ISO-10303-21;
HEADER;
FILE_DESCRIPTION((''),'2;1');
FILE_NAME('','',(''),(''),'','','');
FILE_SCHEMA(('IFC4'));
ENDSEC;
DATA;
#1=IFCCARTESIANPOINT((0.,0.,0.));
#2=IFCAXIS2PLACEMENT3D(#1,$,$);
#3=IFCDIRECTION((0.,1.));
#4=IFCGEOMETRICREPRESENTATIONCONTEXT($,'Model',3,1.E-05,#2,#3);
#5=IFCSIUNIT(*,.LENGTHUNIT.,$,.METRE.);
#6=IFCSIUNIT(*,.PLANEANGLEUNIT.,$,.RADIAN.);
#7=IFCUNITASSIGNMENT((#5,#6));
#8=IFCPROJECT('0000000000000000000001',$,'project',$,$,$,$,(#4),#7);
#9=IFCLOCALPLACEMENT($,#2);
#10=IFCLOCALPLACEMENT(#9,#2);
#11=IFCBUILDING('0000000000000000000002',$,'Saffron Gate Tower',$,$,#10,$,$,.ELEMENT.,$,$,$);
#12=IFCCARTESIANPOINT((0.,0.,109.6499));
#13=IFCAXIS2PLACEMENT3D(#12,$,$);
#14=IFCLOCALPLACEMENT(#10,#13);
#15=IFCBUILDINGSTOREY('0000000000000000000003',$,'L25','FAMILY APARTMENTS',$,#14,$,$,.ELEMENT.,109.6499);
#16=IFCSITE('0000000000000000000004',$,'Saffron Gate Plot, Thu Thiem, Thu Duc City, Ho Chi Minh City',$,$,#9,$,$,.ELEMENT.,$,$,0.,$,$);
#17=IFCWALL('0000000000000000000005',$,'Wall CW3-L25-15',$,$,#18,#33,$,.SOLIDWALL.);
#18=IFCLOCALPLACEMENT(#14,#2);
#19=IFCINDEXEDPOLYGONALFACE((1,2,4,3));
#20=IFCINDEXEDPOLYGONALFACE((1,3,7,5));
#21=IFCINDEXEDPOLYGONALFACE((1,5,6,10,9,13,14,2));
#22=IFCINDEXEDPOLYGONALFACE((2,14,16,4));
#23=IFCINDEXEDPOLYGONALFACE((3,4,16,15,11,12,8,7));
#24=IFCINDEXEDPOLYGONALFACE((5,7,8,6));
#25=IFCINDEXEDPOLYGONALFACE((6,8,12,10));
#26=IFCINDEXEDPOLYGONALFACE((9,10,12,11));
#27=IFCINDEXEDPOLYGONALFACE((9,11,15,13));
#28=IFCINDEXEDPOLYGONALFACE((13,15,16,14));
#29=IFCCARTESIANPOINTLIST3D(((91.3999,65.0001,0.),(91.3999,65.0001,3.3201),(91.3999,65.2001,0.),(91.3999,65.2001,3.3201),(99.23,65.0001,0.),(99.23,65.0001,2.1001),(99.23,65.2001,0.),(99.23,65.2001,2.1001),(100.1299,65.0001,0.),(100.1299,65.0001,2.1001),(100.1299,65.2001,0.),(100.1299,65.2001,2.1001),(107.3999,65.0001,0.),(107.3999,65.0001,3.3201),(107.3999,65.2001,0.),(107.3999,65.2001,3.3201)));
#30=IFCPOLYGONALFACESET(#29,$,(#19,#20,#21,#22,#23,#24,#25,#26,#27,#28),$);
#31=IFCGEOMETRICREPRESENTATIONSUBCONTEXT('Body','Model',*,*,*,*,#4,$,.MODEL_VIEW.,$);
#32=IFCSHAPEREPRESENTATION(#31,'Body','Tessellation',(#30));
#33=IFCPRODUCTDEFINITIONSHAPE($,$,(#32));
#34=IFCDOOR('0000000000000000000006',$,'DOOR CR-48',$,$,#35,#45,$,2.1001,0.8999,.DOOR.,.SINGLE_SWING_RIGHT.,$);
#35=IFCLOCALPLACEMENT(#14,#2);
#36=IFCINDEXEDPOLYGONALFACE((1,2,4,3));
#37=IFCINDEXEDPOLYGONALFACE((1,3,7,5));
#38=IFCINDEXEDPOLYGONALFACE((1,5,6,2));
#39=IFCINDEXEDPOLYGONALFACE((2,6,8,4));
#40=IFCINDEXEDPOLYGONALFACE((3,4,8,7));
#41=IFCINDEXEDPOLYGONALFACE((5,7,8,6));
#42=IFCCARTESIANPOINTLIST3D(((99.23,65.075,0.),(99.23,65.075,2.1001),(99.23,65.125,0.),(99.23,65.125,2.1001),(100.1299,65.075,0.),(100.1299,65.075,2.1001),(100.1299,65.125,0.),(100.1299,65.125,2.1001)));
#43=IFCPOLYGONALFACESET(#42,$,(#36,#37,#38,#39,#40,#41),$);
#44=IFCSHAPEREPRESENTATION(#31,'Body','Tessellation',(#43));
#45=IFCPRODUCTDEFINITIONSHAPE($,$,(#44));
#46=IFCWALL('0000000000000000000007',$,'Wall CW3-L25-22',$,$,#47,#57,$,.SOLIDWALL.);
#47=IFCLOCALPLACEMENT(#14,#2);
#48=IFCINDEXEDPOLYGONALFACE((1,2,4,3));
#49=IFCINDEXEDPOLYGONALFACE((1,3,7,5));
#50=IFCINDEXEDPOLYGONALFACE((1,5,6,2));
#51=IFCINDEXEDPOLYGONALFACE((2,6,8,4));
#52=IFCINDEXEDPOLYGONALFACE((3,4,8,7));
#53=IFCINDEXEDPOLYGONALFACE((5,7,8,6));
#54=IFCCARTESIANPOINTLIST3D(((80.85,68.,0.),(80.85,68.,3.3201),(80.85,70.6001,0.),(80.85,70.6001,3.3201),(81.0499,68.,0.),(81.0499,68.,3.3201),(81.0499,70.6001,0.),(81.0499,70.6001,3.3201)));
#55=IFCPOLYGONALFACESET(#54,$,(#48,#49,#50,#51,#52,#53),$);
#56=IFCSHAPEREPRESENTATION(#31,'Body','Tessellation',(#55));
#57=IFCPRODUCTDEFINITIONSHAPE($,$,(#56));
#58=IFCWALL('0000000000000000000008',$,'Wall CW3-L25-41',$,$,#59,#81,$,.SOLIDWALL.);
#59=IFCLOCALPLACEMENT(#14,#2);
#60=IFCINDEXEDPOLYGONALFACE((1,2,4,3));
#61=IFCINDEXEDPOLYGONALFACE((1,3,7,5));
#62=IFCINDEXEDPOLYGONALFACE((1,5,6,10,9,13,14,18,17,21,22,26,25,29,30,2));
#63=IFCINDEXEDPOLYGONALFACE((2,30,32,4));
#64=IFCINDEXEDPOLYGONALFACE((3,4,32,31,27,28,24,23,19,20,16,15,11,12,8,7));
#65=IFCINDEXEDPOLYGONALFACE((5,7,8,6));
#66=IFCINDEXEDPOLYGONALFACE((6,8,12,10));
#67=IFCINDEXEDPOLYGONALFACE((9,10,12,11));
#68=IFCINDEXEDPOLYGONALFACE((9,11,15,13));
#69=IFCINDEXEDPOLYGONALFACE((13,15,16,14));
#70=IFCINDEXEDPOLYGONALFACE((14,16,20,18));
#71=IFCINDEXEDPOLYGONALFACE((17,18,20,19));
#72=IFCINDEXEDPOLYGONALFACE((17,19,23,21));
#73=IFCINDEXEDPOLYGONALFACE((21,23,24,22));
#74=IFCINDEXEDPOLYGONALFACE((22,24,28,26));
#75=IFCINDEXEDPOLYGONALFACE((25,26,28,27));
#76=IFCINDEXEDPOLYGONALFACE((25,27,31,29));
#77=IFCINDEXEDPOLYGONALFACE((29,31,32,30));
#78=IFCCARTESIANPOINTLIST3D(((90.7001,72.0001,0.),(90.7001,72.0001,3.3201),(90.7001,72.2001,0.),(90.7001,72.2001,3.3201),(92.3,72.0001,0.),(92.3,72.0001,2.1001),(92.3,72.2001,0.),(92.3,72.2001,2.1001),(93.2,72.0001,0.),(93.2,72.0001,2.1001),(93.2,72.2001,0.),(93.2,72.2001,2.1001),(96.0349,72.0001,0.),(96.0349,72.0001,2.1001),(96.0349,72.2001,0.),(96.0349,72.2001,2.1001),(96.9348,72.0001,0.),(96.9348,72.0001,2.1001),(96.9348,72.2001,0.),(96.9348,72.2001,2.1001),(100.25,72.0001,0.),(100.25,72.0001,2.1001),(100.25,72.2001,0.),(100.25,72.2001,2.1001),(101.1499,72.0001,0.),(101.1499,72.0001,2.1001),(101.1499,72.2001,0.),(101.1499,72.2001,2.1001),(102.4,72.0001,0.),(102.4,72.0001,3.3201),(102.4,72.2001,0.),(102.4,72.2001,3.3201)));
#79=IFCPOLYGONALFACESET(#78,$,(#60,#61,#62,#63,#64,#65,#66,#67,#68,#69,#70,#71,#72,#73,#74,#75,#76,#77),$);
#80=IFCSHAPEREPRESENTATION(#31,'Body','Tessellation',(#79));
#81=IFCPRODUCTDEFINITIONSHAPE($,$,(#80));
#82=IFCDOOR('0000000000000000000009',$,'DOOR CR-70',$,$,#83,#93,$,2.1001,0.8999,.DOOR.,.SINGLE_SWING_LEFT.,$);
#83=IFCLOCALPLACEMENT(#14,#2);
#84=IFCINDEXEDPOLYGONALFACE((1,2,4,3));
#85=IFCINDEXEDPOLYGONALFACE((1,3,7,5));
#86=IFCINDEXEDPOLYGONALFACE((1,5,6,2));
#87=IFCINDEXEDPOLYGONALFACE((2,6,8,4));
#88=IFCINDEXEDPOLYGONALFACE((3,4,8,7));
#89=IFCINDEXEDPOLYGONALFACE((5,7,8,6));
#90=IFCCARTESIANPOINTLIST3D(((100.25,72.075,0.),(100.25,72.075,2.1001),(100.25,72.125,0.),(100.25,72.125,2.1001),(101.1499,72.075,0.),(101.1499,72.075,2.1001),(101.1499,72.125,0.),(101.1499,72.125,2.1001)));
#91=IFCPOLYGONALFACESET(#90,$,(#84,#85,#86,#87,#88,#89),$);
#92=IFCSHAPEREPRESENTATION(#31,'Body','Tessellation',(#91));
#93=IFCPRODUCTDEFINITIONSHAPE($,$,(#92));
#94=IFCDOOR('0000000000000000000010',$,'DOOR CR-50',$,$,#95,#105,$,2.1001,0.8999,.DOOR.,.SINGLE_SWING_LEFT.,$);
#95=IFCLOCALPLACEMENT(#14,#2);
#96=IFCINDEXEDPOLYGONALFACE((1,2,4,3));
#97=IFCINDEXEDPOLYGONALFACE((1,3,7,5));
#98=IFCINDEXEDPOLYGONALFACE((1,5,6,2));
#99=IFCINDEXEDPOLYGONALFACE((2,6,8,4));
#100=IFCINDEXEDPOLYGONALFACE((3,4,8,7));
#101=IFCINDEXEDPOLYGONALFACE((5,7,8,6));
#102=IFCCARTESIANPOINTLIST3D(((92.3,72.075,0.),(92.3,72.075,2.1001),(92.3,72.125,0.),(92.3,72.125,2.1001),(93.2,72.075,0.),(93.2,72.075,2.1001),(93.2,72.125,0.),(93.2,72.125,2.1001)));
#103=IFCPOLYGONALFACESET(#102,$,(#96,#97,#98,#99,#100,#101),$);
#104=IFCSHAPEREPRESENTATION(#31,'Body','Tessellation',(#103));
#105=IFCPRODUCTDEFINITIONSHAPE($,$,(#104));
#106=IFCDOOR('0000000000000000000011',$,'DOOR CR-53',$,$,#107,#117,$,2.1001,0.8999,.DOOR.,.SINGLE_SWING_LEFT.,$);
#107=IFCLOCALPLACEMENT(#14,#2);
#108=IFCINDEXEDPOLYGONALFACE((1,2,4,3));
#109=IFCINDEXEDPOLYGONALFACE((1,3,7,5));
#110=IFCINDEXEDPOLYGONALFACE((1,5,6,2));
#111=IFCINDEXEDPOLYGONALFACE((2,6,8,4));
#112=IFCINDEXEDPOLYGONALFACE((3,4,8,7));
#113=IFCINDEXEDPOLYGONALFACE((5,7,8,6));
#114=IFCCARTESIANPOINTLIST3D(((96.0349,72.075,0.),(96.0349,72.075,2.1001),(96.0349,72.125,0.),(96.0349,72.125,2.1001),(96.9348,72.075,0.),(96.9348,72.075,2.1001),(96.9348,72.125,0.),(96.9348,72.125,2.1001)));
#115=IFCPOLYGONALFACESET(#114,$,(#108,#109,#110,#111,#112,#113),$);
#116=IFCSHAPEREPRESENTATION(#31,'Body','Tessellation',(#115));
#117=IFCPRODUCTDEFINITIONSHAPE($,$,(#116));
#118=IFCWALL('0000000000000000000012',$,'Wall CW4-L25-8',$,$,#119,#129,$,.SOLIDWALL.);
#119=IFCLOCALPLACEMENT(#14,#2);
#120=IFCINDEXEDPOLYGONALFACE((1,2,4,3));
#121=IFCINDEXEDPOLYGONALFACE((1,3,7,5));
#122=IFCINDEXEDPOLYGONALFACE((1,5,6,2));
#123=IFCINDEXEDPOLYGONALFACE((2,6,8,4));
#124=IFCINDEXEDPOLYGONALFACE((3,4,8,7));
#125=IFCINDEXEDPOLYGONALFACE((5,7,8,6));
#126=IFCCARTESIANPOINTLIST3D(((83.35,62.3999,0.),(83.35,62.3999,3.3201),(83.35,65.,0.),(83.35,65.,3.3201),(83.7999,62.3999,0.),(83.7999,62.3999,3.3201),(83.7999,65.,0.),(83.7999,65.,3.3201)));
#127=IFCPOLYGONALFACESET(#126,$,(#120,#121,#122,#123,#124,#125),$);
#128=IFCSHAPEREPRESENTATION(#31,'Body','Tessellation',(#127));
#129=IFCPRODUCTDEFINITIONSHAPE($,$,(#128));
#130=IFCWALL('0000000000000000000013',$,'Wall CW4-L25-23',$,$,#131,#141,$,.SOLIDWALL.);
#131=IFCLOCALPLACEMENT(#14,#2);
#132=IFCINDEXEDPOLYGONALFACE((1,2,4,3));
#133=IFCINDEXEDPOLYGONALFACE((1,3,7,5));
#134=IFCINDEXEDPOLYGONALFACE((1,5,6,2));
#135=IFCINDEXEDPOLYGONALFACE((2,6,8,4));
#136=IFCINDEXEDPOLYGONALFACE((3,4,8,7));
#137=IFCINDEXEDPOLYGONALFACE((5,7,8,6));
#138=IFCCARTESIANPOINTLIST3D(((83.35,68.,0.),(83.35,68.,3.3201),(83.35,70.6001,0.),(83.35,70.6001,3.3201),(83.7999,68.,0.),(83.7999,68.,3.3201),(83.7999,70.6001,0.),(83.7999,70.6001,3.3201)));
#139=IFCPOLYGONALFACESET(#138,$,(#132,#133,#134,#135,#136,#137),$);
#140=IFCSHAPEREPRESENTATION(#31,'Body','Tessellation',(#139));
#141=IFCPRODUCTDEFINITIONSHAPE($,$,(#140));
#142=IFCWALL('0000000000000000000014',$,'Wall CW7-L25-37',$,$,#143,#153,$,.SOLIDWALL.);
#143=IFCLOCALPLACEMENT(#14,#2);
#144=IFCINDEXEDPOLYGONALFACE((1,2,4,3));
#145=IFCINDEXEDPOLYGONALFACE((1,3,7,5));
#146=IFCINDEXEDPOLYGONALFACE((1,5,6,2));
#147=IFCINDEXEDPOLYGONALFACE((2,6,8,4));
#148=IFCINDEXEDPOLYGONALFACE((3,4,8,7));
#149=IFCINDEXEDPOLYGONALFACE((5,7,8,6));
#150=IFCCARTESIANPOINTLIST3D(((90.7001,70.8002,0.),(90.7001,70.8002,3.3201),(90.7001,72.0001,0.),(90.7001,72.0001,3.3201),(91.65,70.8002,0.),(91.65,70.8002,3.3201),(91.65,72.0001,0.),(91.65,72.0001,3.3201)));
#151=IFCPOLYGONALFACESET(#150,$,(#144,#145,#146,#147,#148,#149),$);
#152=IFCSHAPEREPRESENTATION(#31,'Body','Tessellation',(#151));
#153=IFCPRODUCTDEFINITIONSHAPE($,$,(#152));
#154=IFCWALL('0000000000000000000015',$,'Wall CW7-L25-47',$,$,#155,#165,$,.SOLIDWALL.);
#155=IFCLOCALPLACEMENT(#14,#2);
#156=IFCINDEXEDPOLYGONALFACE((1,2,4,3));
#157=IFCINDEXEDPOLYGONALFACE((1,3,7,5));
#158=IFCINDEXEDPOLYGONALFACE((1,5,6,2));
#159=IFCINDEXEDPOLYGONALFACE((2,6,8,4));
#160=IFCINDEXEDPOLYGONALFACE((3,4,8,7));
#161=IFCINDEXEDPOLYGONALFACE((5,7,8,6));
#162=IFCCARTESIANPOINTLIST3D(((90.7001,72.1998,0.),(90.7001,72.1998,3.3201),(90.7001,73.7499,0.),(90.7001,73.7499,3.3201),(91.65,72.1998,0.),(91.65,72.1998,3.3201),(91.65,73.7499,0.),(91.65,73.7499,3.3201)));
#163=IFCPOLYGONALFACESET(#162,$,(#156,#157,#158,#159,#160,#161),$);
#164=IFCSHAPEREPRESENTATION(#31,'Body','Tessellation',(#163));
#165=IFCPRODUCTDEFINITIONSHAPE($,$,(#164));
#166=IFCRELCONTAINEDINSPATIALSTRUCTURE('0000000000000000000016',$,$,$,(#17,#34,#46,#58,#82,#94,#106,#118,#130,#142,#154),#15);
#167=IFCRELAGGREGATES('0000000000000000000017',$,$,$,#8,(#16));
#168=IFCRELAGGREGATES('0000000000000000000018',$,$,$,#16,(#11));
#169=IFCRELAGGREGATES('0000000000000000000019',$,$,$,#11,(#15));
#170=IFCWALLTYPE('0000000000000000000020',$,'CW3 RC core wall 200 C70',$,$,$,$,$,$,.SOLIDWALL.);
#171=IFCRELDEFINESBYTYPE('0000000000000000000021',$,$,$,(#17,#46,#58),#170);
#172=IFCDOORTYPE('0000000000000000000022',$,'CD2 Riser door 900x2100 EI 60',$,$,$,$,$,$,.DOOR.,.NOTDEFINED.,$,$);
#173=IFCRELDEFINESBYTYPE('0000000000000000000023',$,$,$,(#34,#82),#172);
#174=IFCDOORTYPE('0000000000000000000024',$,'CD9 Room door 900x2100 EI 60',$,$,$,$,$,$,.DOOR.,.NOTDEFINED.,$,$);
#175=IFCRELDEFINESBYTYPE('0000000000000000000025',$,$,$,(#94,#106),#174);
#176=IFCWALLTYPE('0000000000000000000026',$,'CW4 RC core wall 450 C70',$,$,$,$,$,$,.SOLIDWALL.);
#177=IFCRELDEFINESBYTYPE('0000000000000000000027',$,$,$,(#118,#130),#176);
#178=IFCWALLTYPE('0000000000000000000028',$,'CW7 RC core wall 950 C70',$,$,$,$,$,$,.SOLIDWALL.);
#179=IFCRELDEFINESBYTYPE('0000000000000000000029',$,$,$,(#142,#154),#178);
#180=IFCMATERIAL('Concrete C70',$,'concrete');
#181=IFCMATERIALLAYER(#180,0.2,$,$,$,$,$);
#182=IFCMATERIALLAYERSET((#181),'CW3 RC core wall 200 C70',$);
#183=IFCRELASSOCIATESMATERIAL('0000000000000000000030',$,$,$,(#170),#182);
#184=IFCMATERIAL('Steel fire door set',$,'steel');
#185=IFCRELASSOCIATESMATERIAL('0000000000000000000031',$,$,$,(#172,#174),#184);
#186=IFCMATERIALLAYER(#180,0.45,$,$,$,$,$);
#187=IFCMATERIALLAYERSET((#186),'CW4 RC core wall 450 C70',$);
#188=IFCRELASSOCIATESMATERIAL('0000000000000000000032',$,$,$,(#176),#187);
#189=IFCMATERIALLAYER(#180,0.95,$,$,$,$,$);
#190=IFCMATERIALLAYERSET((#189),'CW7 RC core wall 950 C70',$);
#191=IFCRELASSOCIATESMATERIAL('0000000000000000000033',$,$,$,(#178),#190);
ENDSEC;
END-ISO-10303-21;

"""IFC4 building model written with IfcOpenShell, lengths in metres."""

from ifc_helpers import new_model, si_unit, direction, frame, frame_2d, origin, place, context, subcontext, project, spatial, rectangle, extrude, material, layer, layer_set, type_object, element, fill, save


model = new_model("IFC4")

# Units and contexts
model_context = context("Model", 3, precision=1e-05, world=origin(), true_north=direction((0.0, 1.0)))
body_context = subcontext(model_context, "Body", "Model", "MODEL_VIEW")
ifc_project = project(units=[si_unit("LENGTHUNIT", "METRE"), si_unit("PLANEANGLEUNIT", "RADIAN")], contexts=[model_context])

# Site, building, storey
site_placement = place(None, origin())
site = spatial("IfcSite", under=ifc_project, at=site_placement, Name="Saffron Gate Plot, Thu Thiem, Thu Duc City, Ho Chi Minh City", CompositionType="ELEMENT", RefElevation=0.0)
building_placement = place(site_placement, origin())
building = spatial("IfcBuilding", under=site, at=building_placement, Name="Saffron Gate Tower", CompositionType="ELEMENT")
storey_placement = place(building_placement, frame((0.0, 0.0, 109.6499)))
storey = spatial("IfcBuildingStorey", under=building, at=storey_placement, Name="L25", Description="FAMILY APARTMENTS", CompositionType="ELEMENT", Elevation=109.6499)

# Shared definitions
ifc_material_1 = material(Name="Concrete C70", Category="concrete")

# Shared definitions
ifc_material_2 = material(Name="Steel fire door set", Category="steel")

# Shared definitions
ifc_layer_1 = layer(ifc_material_1, 0.2)
ifc_layer_set_1 = layer_set([ifc_layer_1], Name="CW3 RC core wall 200 C70")
wall_type_1 = type_object("IfcWallType", Name="CW3 RC core wall 200 C70", PredefinedType="SOLIDWALL", material=ifc_layer_set_1)

# Wall, opening, door
wall_1_placement = place(storey_placement, frame((91.3999, 65.1001, 0.0), z_axis=(0.0, 0.0, 1.0), x_axis=(1.0, 0.0, 0.0)))
wall_1 = element("IfcWall", 1, at=wall_1_placement, inside=storey, type_object=wall_type_1, Name="Wall CW3-L25-15", PredefinedType="SOLIDWALL", context=body_context, shape_type="SweptSolid", body=[
    extrude(rectangle(XDim=16.0, YDim=0.2, at=frame_2d((8.0, 0.0))), origin(), (0.0, 0.0, 1.0), 3.3201),
])
opening_1_placement = place(wall_1_placement, frame((7.8301, 0.0, 0.0)))
opening_1 = element("IfcOpeningElement", 2, at=opening_1_placement, cuts=wall_1, PredefinedType="OPENING", context=body_context, shape_type="SweptSolid", body=[
    extrude(rectangle(XDim=0.8999, YDim=2.1001, at=frame_2d((0.45, 1.05))), frame((0.0, 0.1099, 0.0), z_axis=(0.0, -1.0, 0.0), x_axis=(1.0, 0.0, 0.0)), (0.0, 0.0, 1.0), 0.22),
])
door_type_1 = type_object("IfcDoorType", Name="CD2 Riser door 900x2100 EI 60", OperationType="NOTDEFINED", PredefinedType="DOOR", material=ifc_material_2)
door_1_placement = place(opening_1_placement, origin())
door_1 = element("IfcDoor", 3, at=door_1_placement, inside=storey, type_object=door_type_1, Name="DOOR CR-48", OperationType="SINGLE_SWING_RIGHT", OverallHeight=2.1001, OverallWidth=0.8999, PredefinedType="DOOR", context=body_context, shape_type="SweptSolid", body=[
    extrude(rectangle(XDim=0.8999, YDim=2.1001, at=frame_2d((0.45, 1.05))), frame((0.0, 0.0249, 0.0), z_axis=(0.0, -1.0, 0.0), x_axis=(1.0, 0.0, 0.0)), (0.0, 0.0, 1.0), 0.05),
])
fill(opening_1, door_1)

# Wall
wall_2_placement = place(storey_placement, frame((80.95, 68.0, 0.0), z_axis=(0.0, 0.0, 1.0), x_axis=(0.0, 1.0, 0.0)))
element("IfcWall", 4, at=wall_2_placement, inside=storey, type_object=wall_type_1, Name="Wall CW3-L25-22", PredefinedType="SOLIDWALL", context=body_context, shape_type="SweptSolid", body=[
    extrude(rectangle(XDim=2.6001, YDim=0.2, at=frame_2d((1.3, 0.0))), origin(), (0.0, 0.0, 1.0), 3.3201),
])

# Wall, openings, doors
wall_3_placement = place(storey_placement, frame((90.7, 72.1001, 0.0), z_axis=(0.0, 0.0, 1.0), x_axis=(1.0, 0.0, 0.0)))
wall_3 = element("IfcWall", 5, at=wall_3_placement, inside=storey, type_object=wall_type_1, Name="Wall CW3-L25-41", PredefinedType="SOLIDWALL", context=body_context, shape_type="SweptSolid", body=[
    extrude(rectangle(XDim=11.7, YDim=0.2, at=frame_2d((5.8501, 0.0))), origin(), (0.0, 0.0, 1.0), 3.3201),
])
opening_2_placement = place(wall_3_placement, frame((1.6001, 0.0, 0.0)))
opening_2 = element("IfcOpeningElement", 6, at=opening_2_placement, cuts=wall_3, PredefinedType="OPENING", context=body_context, shape_type="SweptSolid", body=[
    extrude(rectangle(XDim=0.8999, YDim=2.1001, at=frame_2d((0.45, 1.05))), frame((0.0, 0.1099, 0.0), z_axis=(0.0, -1.0, 0.0), x_axis=(1.0, 0.0, 0.0)), (0.0, 0.0, 1.0), 0.22),
])
opening_3_placement = place(wall_3_placement, frame((5.335, 0.0, 0.0)))
opening_3 = element("IfcOpeningElement", 7, at=opening_3_placement, cuts=wall_3, PredefinedType="OPENING", context=body_context, shape_type="SweptSolid", body=[
    extrude(rectangle(XDim=0.8999, YDim=2.1001, at=frame_2d((0.45, 1.05))), frame((0.0, 0.1099, 0.0), z_axis=(0.0, -1.0, 0.0), x_axis=(1.0, 0.0, 0.0)), (0.0, 0.0, 1.0), 0.22),
])
opening_4_placement = place(wall_3_placement, frame((9.55, 0.0, 0.0)))
opening_4 = element("IfcOpeningElement", 8, at=opening_4_placement, cuts=wall_3, PredefinedType="OPENING", context=body_context, shape_type="SweptSolid", body=[
    extrude(rectangle(XDim=0.8999, YDim=2.1001, at=frame_2d((0.45, 1.05))), frame((0.0, 0.1099, 0.0), z_axis=(0.0, -1.0, 0.0), x_axis=(1.0, 0.0, 0.0)), (0.0, 0.0, 1.0), 0.22),
])
door_2_placement = place(opening_4_placement, origin())
door_2 = element("IfcDoor", 9, at=door_2_placement, inside=storey, type_object=door_type_1, Name="DOOR CR-70", OperationType="SINGLE_SWING_LEFT", OverallHeight=2.1001, OverallWidth=0.8999, PredefinedType="DOOR", context=body_context, shape_type="SweptSolid", body=[
    extrude(rectangle(XDim=0.8999, YDim=2.1001, at=frame_2d((0.45, 1.05))), frame((0.0, 0.0249, 0.0), z_axis=(0.0, -1.0, 0.0), x_axis=(1.0, 0.0, 0.0)), (0.0, 0.0, 1.0), 0.05),
])
fill(opening_4, door_2)
door_type_2 = type_object("IfcDoorType", Name="CD9 Room door 900x2100 EI 60", OperationType="NOTDEFINED", PredefinedType="DOOR", material=ifc_material_2)
door_3_placement = place(opening_2_placement, origin())
door_3 = element("IfcDoor", 10, at=door_3_placement, inside=storey, type_object=door_type_2, Name="DOOR CR-50", OperationType="SINGLE_SWING_LEFT", OverallHeight=2.1001, OverallWidth=0.8999, PredefinedType="DOOR", context=body_context, shape_type="SweptSolid", body=[
    extrude(rectangle(XDim=0.8999, YDim=2.1001, at=frame_2d((0.45, 1.05))), frame((0.0, 0.0249, 0.0), z_axis=(0.0, -1.0, 0.0), x_axis=(1.0, 0.0, 0.0)), (0.0, 0.0, 1.0), 0.05),
])
fill(opening_2, door_3)
door_4_placement = place(opening_3_placement, origin())
door_4 = element("IfcDoor", 11, at=door_4_placement, inside=storey, type_object=door_type_2, Name="DOOR CR-53", OperationType="SINGLE_SWING_LEFT", OverallHeight=2.1001, OverallWidth=0.8999, PredefinedType="DOOR", context=body_context, shape_type="SweptSolid", body=[
    extrude(rectangle(XDim=0.8999, YDim=2.1001, at=frame_2d((0.45, 1.05))), frame((0.0, 0.0249, 0.0), z_axis=(0.0, -1.0, 0.0), x_axis=(1.0, 0.0, 0.0)), (0.0, 0.0, 1.0), 0.05),
])
fill(opening_3, door_4)

# Walls
ifc_layer_2 = layer(ifc_material_1, 0.45)
ifc_layer_set_2 = layer_set([ifc_layer_2], Name="CW4 RC core wall 450 C70")
wall_type_2 = type_object("IfcWallType", Name="CW4 RC core wall 450 C70", PredefinedType="SOLIDWALL", material=ifc_layer_set_2)
for number, where, z_axis, x_axis, name in (
    (12, (83.575, 62.3999, 0.0), (0.0, 0.0, 1.0), (0.0, 1.0, 0.0), "Wall CW4-L25-8"),
    (13, (83.575, 68.0, 0.0), (0.0, 0.0, 1.0), (0.0, 1.0, 0.0), "Wall CW4-L25-23"),
):
    element("IfcWall", number, at=place(storey_placement, frame(where, z_axis=z_axis, x_axis=x_axis)), inside=storey, type_object=wall_type_2, Name=name, PredefinedType="SOLIDWALL", context=body_context, shape_type="SweptSolid", body=[
        extrude(rectangle(XDim=2.6001, YDim=0.45, at=frame_2d((1.3, 0.0))), origin(), (0.0, 0.0, 1.0), 3.3201),
    ])
ifc_layer_3 = layer(ifc_material_1, 0.95)
ifc_layer_set_3 = layer_set([ifc_layer_3], Name="CW7 RC core wall 950 C70")
wall_type_3 = type_object("IfcWallType", Name="CW7 RC core wall 950 C70", PredefinedType="SOLIDWALL", material=ifc_layer_set_3)
wall_4_placement = place(storey_placement, frame((91.175, 70.8, 0.0), z_axis=(0.0, 0.0, 1.0), x_axis=(0.0, 1.0, 0.0)))
element("IfcWall", 14, at=wall_4_placement, inside=storey, type_object=wall_type_3, Name="Wall CW7-L25-37", PredefinedType="SOLIDWALL", context=body_context, shape_type="SweptSolid", body=[
    extrude(rectangle(XDim=1.2, YDim=0.95, at=frame_2d((0.6001, 0.0))), origin(), (0.0, 0.0, 1.0), 3.3201),
])
wall_5_placement = place(storey_placement, frame((91.175, 72.2, 0.0), z_axis=(0.0, 0.0, 1.0), x_axis=(0.0, 1.0, 0.0)))
element("IfcWall", 15, at=wall_5_placement, inside=storey, type_object=wall_type_3, Name="Wall CW7-L25-47", PredefinedType="SOLIDWALL", context=body_context, shape_type="SweptSolid", body=[
    extrude(rectangle(XDim=1.55, YDim=0.95, at=frame_2d((0.7749, 0.0))), origin(), (0.0, 0.0, 1.0), 3.3201),
])

save(model, "model.ifc")
